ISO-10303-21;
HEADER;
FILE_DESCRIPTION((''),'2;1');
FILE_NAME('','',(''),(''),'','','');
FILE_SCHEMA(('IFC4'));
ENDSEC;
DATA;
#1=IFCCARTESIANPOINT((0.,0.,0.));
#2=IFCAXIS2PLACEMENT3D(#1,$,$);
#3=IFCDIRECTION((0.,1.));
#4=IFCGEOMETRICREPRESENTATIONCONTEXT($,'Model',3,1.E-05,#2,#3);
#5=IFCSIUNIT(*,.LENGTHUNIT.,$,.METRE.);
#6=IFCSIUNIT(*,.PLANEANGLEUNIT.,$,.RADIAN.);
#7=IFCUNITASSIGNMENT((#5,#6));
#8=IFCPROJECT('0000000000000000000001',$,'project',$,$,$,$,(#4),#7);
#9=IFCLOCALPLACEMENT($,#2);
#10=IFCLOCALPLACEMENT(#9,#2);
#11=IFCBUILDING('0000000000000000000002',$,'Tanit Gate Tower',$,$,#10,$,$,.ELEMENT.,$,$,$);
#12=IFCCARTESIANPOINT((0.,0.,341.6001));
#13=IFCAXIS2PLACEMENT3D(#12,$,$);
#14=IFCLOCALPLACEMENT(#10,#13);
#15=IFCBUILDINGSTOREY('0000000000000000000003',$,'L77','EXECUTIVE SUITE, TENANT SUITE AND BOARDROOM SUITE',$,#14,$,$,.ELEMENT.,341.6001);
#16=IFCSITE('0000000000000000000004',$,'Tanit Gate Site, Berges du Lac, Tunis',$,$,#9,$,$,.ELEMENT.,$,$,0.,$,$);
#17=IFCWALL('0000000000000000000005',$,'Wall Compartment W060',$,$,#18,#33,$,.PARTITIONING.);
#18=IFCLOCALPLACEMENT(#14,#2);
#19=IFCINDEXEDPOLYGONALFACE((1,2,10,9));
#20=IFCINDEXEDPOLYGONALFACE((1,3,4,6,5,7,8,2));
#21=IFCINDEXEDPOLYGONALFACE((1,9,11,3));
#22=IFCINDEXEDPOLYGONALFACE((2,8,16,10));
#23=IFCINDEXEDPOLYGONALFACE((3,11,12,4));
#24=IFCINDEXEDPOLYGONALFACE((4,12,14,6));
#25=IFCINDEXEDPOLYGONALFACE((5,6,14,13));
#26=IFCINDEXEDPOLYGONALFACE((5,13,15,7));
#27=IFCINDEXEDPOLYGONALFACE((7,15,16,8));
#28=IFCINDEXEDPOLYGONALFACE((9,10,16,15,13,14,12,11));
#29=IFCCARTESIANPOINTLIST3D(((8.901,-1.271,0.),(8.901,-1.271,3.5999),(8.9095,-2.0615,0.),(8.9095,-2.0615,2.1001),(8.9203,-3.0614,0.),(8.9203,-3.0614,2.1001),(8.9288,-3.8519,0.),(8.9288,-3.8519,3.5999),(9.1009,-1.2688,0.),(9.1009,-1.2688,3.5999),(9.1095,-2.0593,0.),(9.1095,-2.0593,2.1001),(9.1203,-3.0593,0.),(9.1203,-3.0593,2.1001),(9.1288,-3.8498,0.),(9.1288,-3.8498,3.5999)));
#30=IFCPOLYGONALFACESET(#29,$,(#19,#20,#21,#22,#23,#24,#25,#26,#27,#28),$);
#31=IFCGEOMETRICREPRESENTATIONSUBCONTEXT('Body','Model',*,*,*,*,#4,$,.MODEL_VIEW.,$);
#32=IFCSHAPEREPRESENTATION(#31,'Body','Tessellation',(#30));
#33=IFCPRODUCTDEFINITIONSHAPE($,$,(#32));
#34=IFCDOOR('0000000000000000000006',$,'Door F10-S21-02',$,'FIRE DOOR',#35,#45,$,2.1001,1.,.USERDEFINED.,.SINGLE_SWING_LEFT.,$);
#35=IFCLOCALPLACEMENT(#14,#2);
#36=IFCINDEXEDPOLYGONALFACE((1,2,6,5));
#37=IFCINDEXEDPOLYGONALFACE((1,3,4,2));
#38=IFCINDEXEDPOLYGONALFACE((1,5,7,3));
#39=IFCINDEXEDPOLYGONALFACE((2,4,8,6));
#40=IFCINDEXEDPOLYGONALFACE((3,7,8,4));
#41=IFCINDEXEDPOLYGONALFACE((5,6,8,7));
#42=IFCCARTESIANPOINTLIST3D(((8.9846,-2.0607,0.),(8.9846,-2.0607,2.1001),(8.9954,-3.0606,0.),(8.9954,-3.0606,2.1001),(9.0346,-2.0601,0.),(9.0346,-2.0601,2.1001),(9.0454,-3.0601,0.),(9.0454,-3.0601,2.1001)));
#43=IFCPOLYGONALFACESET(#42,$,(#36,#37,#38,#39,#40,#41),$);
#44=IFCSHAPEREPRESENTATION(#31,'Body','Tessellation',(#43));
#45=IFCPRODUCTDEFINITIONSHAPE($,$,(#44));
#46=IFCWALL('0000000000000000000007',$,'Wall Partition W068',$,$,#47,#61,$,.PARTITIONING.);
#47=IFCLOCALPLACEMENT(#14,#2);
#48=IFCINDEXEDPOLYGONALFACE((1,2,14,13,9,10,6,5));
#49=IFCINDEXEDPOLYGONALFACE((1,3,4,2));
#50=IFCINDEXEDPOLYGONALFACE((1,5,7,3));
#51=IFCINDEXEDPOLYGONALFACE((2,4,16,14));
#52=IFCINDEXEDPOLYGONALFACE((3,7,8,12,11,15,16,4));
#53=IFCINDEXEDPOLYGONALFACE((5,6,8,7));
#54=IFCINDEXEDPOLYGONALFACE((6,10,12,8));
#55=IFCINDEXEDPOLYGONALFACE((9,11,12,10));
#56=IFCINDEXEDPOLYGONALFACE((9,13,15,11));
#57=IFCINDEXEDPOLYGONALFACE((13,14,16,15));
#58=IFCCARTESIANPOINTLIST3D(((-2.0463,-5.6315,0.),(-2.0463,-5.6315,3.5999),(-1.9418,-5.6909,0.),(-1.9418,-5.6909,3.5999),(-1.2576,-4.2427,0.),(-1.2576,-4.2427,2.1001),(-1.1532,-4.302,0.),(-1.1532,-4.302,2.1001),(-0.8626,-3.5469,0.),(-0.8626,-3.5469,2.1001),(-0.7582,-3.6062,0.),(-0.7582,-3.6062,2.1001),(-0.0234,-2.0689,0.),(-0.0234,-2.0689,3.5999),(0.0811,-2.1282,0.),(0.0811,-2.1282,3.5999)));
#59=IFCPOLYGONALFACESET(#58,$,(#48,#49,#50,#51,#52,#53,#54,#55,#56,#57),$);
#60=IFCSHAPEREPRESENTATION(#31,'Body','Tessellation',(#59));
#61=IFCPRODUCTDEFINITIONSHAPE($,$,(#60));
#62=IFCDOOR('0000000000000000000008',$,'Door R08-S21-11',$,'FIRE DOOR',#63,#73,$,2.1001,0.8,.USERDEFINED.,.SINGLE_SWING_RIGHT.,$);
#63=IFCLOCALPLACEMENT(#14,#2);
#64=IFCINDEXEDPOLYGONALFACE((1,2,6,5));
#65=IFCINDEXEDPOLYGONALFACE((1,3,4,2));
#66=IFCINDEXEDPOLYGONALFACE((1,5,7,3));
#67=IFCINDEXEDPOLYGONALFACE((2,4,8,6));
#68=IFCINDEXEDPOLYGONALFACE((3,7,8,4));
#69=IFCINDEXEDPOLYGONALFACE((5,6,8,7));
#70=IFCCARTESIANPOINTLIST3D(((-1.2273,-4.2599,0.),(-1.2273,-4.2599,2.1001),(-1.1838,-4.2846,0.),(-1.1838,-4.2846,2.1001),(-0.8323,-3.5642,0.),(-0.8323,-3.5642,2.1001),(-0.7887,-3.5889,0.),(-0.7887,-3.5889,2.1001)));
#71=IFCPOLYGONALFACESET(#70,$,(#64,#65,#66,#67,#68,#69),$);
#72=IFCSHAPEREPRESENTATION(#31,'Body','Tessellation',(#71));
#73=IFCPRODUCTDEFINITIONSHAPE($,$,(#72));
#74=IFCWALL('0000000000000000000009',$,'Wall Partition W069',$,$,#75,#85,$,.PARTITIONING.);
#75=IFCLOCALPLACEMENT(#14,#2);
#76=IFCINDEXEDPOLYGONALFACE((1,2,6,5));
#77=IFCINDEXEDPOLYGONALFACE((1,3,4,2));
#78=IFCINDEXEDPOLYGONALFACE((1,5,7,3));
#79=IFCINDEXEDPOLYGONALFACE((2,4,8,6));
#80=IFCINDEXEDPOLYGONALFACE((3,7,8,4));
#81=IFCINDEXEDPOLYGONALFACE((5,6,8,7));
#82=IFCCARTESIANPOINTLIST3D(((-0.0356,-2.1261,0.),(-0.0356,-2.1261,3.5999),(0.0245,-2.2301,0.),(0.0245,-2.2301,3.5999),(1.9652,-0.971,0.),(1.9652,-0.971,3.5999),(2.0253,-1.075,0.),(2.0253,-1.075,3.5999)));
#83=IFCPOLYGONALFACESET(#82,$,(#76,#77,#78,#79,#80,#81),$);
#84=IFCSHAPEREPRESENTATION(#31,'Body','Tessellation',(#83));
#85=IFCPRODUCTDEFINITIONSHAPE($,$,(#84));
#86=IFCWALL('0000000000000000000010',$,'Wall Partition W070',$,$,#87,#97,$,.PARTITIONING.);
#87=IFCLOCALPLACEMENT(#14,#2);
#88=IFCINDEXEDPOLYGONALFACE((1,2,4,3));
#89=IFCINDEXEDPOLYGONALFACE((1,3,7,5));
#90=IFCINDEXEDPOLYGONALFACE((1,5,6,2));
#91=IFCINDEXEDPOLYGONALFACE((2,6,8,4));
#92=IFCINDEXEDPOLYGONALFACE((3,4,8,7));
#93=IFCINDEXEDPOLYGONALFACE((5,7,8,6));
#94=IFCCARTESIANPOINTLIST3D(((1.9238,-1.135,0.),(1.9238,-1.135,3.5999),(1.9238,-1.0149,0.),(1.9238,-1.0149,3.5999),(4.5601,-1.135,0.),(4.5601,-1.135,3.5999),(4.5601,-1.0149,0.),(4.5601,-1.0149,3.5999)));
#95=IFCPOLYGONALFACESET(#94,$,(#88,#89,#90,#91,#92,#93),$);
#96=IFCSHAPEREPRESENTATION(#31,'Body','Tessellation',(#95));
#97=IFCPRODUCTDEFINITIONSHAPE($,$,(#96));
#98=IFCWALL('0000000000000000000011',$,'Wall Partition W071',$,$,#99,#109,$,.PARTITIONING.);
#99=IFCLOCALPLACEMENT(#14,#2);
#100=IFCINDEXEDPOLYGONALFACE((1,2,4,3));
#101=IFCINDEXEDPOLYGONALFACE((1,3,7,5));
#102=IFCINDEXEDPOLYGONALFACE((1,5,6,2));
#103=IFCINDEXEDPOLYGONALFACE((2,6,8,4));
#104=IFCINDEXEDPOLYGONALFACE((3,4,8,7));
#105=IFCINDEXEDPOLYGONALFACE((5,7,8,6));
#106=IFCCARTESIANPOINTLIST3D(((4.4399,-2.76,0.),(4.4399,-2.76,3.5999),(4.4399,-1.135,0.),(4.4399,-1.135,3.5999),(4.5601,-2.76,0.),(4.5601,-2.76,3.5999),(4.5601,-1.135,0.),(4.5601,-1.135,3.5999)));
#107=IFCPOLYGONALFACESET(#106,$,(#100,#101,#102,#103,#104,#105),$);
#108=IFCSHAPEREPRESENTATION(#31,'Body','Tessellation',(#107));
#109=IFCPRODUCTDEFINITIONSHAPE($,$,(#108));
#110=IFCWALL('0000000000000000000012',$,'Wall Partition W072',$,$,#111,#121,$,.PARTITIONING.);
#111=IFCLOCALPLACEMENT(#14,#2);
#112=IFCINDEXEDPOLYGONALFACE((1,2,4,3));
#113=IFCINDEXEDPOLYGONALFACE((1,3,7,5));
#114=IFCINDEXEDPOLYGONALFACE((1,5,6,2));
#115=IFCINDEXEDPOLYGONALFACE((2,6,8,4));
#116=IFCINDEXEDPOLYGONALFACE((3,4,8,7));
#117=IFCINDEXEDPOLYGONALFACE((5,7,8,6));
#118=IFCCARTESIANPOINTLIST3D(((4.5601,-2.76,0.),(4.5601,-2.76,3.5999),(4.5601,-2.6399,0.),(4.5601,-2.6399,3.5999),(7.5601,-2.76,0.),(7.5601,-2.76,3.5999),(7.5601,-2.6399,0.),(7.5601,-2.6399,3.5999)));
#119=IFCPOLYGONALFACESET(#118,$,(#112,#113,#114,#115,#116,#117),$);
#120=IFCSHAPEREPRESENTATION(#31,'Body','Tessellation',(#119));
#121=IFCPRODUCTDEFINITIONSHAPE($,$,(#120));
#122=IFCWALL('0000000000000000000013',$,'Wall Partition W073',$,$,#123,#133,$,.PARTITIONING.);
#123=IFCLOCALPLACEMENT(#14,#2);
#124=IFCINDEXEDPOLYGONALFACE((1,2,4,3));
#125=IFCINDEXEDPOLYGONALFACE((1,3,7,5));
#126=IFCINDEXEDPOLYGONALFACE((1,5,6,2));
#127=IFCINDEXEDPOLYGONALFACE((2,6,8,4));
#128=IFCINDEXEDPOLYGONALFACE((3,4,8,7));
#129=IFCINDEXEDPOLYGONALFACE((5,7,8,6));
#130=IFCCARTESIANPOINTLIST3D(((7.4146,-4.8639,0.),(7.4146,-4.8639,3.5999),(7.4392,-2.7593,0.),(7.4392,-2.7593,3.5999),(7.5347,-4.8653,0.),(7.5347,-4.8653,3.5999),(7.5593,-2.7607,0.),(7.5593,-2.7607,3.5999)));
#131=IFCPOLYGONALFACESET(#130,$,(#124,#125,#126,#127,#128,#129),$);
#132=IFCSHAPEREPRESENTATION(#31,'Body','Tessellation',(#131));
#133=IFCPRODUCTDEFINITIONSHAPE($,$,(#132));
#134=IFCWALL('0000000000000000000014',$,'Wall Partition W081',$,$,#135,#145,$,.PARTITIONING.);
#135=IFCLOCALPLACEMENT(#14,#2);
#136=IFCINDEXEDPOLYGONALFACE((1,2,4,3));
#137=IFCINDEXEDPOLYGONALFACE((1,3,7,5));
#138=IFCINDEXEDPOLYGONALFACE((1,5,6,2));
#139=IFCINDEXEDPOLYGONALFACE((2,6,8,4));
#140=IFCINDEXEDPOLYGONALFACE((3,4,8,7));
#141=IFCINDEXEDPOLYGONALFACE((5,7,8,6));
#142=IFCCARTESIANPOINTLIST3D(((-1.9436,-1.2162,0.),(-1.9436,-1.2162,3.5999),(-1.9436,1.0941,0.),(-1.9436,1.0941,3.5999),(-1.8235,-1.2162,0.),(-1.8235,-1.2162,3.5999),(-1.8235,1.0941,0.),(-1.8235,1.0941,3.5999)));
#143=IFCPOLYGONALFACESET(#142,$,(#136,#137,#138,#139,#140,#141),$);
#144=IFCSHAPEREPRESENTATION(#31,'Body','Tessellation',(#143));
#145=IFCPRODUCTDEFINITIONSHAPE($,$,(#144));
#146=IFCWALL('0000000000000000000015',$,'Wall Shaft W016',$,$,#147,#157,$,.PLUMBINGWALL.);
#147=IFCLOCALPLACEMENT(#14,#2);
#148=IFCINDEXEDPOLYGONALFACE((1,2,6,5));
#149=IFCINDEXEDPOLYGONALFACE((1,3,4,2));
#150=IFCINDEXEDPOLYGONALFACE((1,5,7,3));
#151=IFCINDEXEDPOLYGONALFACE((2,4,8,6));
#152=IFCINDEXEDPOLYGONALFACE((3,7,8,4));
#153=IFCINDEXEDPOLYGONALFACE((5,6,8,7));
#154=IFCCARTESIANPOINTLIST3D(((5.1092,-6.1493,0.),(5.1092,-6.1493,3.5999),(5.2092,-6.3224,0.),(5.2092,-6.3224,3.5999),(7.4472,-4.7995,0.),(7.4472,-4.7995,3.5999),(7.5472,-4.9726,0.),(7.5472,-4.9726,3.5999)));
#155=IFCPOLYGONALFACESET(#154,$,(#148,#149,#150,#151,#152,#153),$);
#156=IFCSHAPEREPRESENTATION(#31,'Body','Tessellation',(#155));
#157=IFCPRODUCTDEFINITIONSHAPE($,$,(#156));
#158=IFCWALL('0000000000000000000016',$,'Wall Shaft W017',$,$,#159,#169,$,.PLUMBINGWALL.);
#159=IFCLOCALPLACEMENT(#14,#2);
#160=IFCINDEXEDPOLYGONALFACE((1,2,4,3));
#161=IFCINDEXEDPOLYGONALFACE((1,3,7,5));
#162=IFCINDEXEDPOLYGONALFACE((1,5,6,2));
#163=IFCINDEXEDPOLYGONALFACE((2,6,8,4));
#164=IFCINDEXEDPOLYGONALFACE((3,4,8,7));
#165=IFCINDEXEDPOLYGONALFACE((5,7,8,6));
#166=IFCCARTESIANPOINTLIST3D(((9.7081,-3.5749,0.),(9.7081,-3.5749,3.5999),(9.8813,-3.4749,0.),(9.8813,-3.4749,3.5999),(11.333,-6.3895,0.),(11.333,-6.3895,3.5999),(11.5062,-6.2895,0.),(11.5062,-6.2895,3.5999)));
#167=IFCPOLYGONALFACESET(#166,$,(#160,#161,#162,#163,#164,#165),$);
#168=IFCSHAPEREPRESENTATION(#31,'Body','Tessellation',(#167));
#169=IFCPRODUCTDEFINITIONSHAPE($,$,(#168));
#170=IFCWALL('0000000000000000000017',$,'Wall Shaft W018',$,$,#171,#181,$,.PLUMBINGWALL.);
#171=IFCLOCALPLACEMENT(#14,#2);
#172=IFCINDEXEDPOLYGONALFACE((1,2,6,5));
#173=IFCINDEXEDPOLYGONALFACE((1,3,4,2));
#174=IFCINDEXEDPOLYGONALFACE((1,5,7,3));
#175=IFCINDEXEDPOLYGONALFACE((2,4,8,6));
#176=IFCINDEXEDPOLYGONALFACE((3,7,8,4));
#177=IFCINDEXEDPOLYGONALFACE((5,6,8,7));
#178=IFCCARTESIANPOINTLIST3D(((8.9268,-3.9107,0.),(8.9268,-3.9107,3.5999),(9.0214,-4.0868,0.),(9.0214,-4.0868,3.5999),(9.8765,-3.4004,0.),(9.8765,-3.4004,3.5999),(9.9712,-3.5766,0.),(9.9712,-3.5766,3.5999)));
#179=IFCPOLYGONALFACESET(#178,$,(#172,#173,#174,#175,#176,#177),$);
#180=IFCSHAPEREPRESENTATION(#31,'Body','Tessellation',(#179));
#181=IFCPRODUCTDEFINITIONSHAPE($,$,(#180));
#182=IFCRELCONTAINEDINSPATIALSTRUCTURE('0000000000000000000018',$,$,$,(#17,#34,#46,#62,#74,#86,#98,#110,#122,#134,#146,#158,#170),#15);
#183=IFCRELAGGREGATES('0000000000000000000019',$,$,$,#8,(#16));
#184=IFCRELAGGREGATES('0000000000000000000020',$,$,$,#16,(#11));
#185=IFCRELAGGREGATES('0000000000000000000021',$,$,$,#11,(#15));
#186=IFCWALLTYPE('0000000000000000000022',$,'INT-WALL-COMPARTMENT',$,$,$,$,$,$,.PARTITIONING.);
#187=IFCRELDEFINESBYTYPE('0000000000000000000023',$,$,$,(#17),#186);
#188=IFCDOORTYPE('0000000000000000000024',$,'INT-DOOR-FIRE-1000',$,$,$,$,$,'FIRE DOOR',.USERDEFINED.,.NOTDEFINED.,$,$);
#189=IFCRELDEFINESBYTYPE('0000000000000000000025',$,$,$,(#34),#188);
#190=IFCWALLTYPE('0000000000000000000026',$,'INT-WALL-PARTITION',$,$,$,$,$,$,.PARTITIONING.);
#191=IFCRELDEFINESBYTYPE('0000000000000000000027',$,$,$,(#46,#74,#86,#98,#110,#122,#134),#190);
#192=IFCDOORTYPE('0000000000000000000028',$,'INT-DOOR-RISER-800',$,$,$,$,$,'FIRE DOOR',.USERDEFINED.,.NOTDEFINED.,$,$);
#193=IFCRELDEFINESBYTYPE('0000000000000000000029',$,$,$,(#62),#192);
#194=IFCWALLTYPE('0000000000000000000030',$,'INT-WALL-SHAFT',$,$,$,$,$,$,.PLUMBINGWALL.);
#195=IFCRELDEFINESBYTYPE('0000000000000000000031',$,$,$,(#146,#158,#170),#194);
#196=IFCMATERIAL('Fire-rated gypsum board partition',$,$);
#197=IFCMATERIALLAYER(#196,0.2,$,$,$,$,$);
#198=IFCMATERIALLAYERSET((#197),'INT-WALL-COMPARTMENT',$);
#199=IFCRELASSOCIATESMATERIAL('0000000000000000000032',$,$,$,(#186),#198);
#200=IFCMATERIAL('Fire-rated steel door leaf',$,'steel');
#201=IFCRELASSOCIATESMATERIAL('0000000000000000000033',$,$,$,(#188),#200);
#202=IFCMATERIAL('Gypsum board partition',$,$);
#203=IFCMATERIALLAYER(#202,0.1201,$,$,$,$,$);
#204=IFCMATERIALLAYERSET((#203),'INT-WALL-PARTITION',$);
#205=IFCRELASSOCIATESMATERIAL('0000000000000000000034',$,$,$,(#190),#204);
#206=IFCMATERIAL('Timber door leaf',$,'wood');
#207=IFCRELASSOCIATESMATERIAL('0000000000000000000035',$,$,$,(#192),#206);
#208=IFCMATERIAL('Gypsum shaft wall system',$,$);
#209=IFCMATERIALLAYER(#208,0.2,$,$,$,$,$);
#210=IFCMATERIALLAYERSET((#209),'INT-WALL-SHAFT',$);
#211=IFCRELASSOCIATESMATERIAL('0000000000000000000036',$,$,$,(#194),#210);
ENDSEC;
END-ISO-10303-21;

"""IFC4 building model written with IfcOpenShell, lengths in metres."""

from ifc_helpers import new_model, si_unit, direction, frame, frame_2d, origin, place, context, subcontext, project, spatial, rectangle, extrude, material, layer, layer_set, type_object, element, fill, save


model = new_model("IFC4")

# Units and contexts
model_context = context("Model", 3, precision=1e-05, world=origin(), true_north=direction((0.0, 1.0)))
body_context = subcontext(model_context, "Body", "Model", "MODEL_VIEW")
ifc_project = project(units=[si_unit("LENGTHUNIT", "METRE"), si_unit("PLANEANGLEUNIT", "RADIAN")], contexts=[model_context])

# Site, building, storey
site_placement = place(None, origin())
site = spatial("IfcSite", under=ifc_project, at=site_placement, Name="Tanit Gate Site, Berges du Lac, Tunis", CompositionType="ELEMENT", RefElevation=0.0)
building_placement = place(site_placement, origin())
building = spatial("IfcBuilding", under=site, at=building_placement, Name="Tanit Gate Tower", CompositionType="ELEMENT")
storey_placement = place(building_placement, frame((0.0, 0.0, 341.6001)))
storey = spatial("IfcBuildingStorey", under=building, at=storey_placement, Name="L77", Description="EXECUTIVE SUITE, TENANT SUITE AND BOARDROOM SUITE", CompositionType="ELEMENT", Elevation=341.6001)

# Walls, openings, doors
ifc_material_1 = material(Name="Fire-rated gypsum board partition")
ifc_layer_1 = layer(ifc_material_1, 0.2)
ifc_layer_set_1 = layer_set([ifc_layer_1], Name="INT-WALL-COMPARTMENT")
wall_type_1 = type_object("IfcWallType", Name="INT-WALL-COMPARTMENT", PredefinedType="PARTITIONING", material=ifc_layer_set_1)
wall_1_placement = place(storey_placement, frame((9.0288, -3.8508, 0.0), z_axis=(0.0, 0.0, 1.0), x_axis=(-0.010784, 0.999942, 0.0)))
wall_1 = element("IfcWall", 1, at=wall_1_placement, inside=storey, type_object=wall_type_1, Name="Wall Compartment W060", PredefinedType="PARTITIONING", context=body_context, shape_type="SweptSolid", body=[
    extrude(rectangle(XDim=2.5811, YDim=0.2, at=frame_2d((1.2905, 0.0))), origin(), (0.0, 0.0, 1.0), 3.5999),
])
opening_1_placement = place(wall_1_placement, frame((0.7905, 0.0, 0.0)))
opening_1 = element("IfcOpeningElement", 2, at=opening_1_placement, cuts=wall_1, PredefinedType="OPENING", context=body_context, shape_type="SweptSolid", body=[
    extrude(rectangle(XDim=1.0, YDim=2.1001, at=frame_2d((0.5, 1.05))), frame((0.0, 0.1099, 0.0), z_axis=(0.0, -1.0, 0.0), x_axis=(1.0, 0.0, 0.0)), (0.0, 0.0, 1.0), 0.22),
])
ifc_material_2 = material(Name="Fire-rated steel door leaf", Category="steel")
door_type_1 = type_object("IfcDoorType", Name="INT-DOOR-FIRE-1000", ElementType="FIRE DOOR", OperationType="NOTDEFINED", PredefinedType="USERDEFINED", material=ifc_material_2)
door_1_placement = place(opening_1_placement, origin())
door_1 = element("IfcDoor", 3, at=door_1_placement, inside=storey, type_object=door_type_1, Name="Door F10-S21-02", ObjectType="FIRE DOOR", OperationType="SINGLE_SWING_LEFT", OverallHeight=2.1001, OverallWidth=1.0, PredefinedType="USERDEFINED", context=body_context, shape_type="SweptSolid", body=[
    extrude(rectangle(XDim=1.0, YDim=2.1001, at=frame_2d((0.5, 1.05))), frame((0.0, 0.0249, 0.0), z_axis=(0.0, -1.0, 0.0), x_axis=(1.0, 0.0, 0.0)), (0.0, 0.0, 1.0), 0.05),
])
fill(opening_1, door_1)
ifc_material_3 = material(Name="Gypsum board partition")
ifc_layer_2 = layer(ifc_material_3, 0.1201)
ifc_layer_set_2 = layer_set([ifc_layer_2], Name="INT-WALL-PARTITION")
wall_type_2 = type_object("IfcWallType", Name="INT-WALL-PARTITION", PredefinedType="PARTITIONING", material=ifc_layer_set_2)
wall_2_placement = place(storey_placement, frame((0.0288, -2.0986, 0.0), z_axis=(0.0, 0.0, 1.0), x_axis=(-0.493763, -0.869597, 0.0)))
wall_2 = element("IfcWall", 4, at=wall_2_placement, inside=storey, type_object=wall_type_2, Name="Wall Partition W068", PredefinedType="PARTITIONING", context=body_context, shape_type="SweptSolid", body=[
    extrude(rectangle(XDim=4.0969, YDim=0.1201, at=frame_2d((2.0483, 0.0))), origin(), (0.0, 0.0, 1.0), 3.5999),
])
opening_2_placement = place(wall_2_placement, frame((1.6997, 0.0, 0.0)))
opening_2 = element("IfcOpeningElement", 5, at=opening_2_placement, cuts=wall_2, PredefinedType="OPENING", context=body_context, shape_type="SweptSolid", body=[
    extrude(rectangle(XDim=0.8, YDim=2.1001, at=frame_2d((0.3999, 1.05))), frame((0.0, 0.0701, 0.0), z_axis=(0.0, -1.0, 0.0), x_axis=(1.0, 0.0, 0.0)), (0.0, 0.0, 1.0), 0.1401),
])
ifc_material_4 = material(Name="Timber door leaf", Category="wood")
door_type_2 = type_object("IfcDoorType", Name="INT-DOOR-RISER-800", ElementType="FIRE DOOR", OperationType="NOTDEFINED", PredefinedType="USERDEFINED", material=ifc_material_4)
door_2_placement = place(opening_2_placement, origin())
door_2 = element("IfcDoor", 6, at=door_2_placement, inside=storey, type_object=door_type_2, Name="Door R08-S21-11", ObjectType="FIRE DOOR", OperationType="SINGLE_SWING_RIGHT", OverallHeight=2.1001, OverallWidth=0.8, PredefinedType="USERDEFINED", context=body_context, shape_type="SweptSolid", body=[
    extrude(rectangle(XDim=0.8, YDim=2.1001, at=frame_2d((0.3999, 1.05))), frame((0.0, 0.0249, 0.0), z_axis=(0.0, -1.0, 0.0), x_axis=(1.0, 0.0, 0.0)), (0.0, 0.0, 1.0), 0.05),
])
fill(opening_2, door_2)

# Walls
wall_3_placement = place(storey_placement, frame((1.9954, -1.0229, 0.0), z_axis=(0.0, 0.0, 1.0), x_axis=(-0.866043, -0.499969, 0.0)))
element("IfcWall", 7, at=wall_3_placement, inside=storey, type_object=wall_type_2, Name="Wall Partition W069", PredefinedType="PARTITIONING", context=body_context, shape_type="SweptSolid", body=[
    extrude(rectangle(XDim=2.3103, YDim=0.1201, at=frame_2d((1.1553, 0.0))), origin(), (0.0, 0.0, 1.0), 3.5999),
])
wall_4_placement = place(storey_placement, frame((4.5601, -1.075, 0.0), z_axis=(0.0, 0.0, 1.0), x_axis=(-1.0, 0.0, 0.0)))
element("IfcWall", 8, at=wall_4_placement, inside=storey, type_object=wall_type_2, Name="Wall Partition W070", PredefinedType="PARTITIONING", context=body_context, shape_type="SweptSolid", body=[
    extrude(rectangle(XDim=2.6362, YDim=0.1201, at=frame_2d((1.3181, 0.0))), origin(), (0.0, 0.0, 1.0), 3.5999),
])
wall_5_placement = place(storey_placement, frame((4.5, -2.76, 0.0), z_axis=(0.0, 0.0, 1.0), x_axis=(0.0, 1.0, 0.0)))
element("IfcWall", 9, at=wall_5_placement, inside=storey, type_object=wall_type_2, Name="Wall Partition W071", PredefinedType="PARTITIONING", context=body_context, shape_type="SweptSolid", body=[
    extrude(rectangle(XDim=1.625, YDim=0.1201, at=frame_2d((0.8125, 0.0))), origin(), (0.0, 0.0, 1.0), 3.5999),
])
wall_6_placement = place(storey_placement, frame((7.5601, -2.7, 0.0), z_axis=(0.0, 0.0, 1.0), x_axis=(-1.0, 0.0, 0.0)))
element("IfcWall", 10, at=wall_6_placement, inside=storey, type_object=wall_type_2, Name="Wall Partition W072", PredefinedType="PARTITIONING", context=body_context, shape_type="SweptSolid", body=[
    extrude(rectangle(XDim=3.0, YDim=0.1201, at=frame_2d((1.5, 0.0))), origin(), (0.0, 0.0, 1.0), 3.5999),
])
wall_7_placement = place(storey_placement, frame((7.4746, -4.8645, 0.0), z_axis=(0.0, 0.0, 1.0), x_axis=(0.011716, 0.999931, 0.0)))
element("IfcWall", 11, at=wall_7_placement, inside=storey, type_object=wall_type_2, Name="Wall Partition W073", PredefinedType="PARTITIONING", context=body_context, shape_type="SweptSolid", body=[
    extrude(rectangle(XDim=2.1047, YDim=0.1201, at=frame_2d((1.0522, 0.0))), origin(), (0.0, 0.0, 1.0), 3.5999),
])
wall_8_placement = place(storey_placement, frame((-1.8835, -1.2163, 0.0), z_axis=(0.0, 0.0, 1.0), x_axis=(0.0, 1.0, 0.0)))
element("IfcWall", 12, at=wall_8_placement, inside=storey, type_object=wall_type_2, Name="Wall Partition W081", PredefinedType="PARTITIONING", context=body_context, shape_type="SweptSolid", body=[
    extrude(rectangle(XDim=2.3103, YDim=0.1201, at=frame_2d((1.1553, 0.0))), origin(), (0.0, 0.0, 1.0), 3.5999),
])
ifc_material_5 = material(Name="Gypsum shaft wall system")
ifc_layer_3 = layer(ifc_material_5, 0.2)
ifc_layer_set_3 = layer_set([ifc_layer_3], Name="INT-WALL-SHAFT")
wall_type_3 = type_object("IfcWallType", Name="INT-WALL-SHAFT", PredefinedType="PLUMBINGWALL", material=ifc_layer_set_3)
wall_9_placement = place(storey_placement, frame((5.1592, -6.2358, 0.0), z_axis=(0.0, 0.0, 1.0), x_axis=(0.866037, 0.499981, 0.0)))
element("IfcWall", 13, at=wall_9_placement, inside=storey, type_object=wall_type_3, Name="Wall Shaft W016", PredefinedType="PLUMBINGWALL", context=body_context, shape_type="SweptSolid", body=[
    extrude(rectangle(XDim=2.6997, YDim=0.2, at=frame_2d((1.3499, 0.0))), origin(), (0.0, 0.0, 1.0), 3.5999),
])
wall_10_placement = place(storey_placement, frame((9.7947, -3.5249, 0.0), z_axis=(0.0, 0.0, 1.0), x_axis=(0.499985, -0.866034, 0.0)))
element("IfcWall", 14, at=wall_10_placement, inside=storey, type_object=wall_type_3, Name="Wall Shaft W017", PredefinedType="PLUMBINGWALL", context=body_context, shape_type="SweptSolid", body=[
    extrude(rectangle(XDim=3.25, YDim=0.2, at=frame_2d((1.625, 0.0))), origin(), (0.0, 0.0, 1.0), 3.5999),
])
wall_11_placement = place(storey_placement, frame((8.9741, -3.9988, 0.0), z_axis=(0.0, 0.0, 1.0), x_axis=(0.880907, 0.473289, 0.0)))
element("IfcWall", 15, at=wall_11_placement, inside=storey, type_object=wall_type_3, Name="Wall Shaft W018", PredefinedType="PLUMBINGWALL", context=body_context, shape_type="SweptSolid", body=[
    extrude(rectangle(XDim=1.0781, YDim=0.2, at=frame_2d((0.5391, 0.0))), origin(), (0.0, 0.0, 1.0), 3.5999),
])

save(model, "model.ifc")
